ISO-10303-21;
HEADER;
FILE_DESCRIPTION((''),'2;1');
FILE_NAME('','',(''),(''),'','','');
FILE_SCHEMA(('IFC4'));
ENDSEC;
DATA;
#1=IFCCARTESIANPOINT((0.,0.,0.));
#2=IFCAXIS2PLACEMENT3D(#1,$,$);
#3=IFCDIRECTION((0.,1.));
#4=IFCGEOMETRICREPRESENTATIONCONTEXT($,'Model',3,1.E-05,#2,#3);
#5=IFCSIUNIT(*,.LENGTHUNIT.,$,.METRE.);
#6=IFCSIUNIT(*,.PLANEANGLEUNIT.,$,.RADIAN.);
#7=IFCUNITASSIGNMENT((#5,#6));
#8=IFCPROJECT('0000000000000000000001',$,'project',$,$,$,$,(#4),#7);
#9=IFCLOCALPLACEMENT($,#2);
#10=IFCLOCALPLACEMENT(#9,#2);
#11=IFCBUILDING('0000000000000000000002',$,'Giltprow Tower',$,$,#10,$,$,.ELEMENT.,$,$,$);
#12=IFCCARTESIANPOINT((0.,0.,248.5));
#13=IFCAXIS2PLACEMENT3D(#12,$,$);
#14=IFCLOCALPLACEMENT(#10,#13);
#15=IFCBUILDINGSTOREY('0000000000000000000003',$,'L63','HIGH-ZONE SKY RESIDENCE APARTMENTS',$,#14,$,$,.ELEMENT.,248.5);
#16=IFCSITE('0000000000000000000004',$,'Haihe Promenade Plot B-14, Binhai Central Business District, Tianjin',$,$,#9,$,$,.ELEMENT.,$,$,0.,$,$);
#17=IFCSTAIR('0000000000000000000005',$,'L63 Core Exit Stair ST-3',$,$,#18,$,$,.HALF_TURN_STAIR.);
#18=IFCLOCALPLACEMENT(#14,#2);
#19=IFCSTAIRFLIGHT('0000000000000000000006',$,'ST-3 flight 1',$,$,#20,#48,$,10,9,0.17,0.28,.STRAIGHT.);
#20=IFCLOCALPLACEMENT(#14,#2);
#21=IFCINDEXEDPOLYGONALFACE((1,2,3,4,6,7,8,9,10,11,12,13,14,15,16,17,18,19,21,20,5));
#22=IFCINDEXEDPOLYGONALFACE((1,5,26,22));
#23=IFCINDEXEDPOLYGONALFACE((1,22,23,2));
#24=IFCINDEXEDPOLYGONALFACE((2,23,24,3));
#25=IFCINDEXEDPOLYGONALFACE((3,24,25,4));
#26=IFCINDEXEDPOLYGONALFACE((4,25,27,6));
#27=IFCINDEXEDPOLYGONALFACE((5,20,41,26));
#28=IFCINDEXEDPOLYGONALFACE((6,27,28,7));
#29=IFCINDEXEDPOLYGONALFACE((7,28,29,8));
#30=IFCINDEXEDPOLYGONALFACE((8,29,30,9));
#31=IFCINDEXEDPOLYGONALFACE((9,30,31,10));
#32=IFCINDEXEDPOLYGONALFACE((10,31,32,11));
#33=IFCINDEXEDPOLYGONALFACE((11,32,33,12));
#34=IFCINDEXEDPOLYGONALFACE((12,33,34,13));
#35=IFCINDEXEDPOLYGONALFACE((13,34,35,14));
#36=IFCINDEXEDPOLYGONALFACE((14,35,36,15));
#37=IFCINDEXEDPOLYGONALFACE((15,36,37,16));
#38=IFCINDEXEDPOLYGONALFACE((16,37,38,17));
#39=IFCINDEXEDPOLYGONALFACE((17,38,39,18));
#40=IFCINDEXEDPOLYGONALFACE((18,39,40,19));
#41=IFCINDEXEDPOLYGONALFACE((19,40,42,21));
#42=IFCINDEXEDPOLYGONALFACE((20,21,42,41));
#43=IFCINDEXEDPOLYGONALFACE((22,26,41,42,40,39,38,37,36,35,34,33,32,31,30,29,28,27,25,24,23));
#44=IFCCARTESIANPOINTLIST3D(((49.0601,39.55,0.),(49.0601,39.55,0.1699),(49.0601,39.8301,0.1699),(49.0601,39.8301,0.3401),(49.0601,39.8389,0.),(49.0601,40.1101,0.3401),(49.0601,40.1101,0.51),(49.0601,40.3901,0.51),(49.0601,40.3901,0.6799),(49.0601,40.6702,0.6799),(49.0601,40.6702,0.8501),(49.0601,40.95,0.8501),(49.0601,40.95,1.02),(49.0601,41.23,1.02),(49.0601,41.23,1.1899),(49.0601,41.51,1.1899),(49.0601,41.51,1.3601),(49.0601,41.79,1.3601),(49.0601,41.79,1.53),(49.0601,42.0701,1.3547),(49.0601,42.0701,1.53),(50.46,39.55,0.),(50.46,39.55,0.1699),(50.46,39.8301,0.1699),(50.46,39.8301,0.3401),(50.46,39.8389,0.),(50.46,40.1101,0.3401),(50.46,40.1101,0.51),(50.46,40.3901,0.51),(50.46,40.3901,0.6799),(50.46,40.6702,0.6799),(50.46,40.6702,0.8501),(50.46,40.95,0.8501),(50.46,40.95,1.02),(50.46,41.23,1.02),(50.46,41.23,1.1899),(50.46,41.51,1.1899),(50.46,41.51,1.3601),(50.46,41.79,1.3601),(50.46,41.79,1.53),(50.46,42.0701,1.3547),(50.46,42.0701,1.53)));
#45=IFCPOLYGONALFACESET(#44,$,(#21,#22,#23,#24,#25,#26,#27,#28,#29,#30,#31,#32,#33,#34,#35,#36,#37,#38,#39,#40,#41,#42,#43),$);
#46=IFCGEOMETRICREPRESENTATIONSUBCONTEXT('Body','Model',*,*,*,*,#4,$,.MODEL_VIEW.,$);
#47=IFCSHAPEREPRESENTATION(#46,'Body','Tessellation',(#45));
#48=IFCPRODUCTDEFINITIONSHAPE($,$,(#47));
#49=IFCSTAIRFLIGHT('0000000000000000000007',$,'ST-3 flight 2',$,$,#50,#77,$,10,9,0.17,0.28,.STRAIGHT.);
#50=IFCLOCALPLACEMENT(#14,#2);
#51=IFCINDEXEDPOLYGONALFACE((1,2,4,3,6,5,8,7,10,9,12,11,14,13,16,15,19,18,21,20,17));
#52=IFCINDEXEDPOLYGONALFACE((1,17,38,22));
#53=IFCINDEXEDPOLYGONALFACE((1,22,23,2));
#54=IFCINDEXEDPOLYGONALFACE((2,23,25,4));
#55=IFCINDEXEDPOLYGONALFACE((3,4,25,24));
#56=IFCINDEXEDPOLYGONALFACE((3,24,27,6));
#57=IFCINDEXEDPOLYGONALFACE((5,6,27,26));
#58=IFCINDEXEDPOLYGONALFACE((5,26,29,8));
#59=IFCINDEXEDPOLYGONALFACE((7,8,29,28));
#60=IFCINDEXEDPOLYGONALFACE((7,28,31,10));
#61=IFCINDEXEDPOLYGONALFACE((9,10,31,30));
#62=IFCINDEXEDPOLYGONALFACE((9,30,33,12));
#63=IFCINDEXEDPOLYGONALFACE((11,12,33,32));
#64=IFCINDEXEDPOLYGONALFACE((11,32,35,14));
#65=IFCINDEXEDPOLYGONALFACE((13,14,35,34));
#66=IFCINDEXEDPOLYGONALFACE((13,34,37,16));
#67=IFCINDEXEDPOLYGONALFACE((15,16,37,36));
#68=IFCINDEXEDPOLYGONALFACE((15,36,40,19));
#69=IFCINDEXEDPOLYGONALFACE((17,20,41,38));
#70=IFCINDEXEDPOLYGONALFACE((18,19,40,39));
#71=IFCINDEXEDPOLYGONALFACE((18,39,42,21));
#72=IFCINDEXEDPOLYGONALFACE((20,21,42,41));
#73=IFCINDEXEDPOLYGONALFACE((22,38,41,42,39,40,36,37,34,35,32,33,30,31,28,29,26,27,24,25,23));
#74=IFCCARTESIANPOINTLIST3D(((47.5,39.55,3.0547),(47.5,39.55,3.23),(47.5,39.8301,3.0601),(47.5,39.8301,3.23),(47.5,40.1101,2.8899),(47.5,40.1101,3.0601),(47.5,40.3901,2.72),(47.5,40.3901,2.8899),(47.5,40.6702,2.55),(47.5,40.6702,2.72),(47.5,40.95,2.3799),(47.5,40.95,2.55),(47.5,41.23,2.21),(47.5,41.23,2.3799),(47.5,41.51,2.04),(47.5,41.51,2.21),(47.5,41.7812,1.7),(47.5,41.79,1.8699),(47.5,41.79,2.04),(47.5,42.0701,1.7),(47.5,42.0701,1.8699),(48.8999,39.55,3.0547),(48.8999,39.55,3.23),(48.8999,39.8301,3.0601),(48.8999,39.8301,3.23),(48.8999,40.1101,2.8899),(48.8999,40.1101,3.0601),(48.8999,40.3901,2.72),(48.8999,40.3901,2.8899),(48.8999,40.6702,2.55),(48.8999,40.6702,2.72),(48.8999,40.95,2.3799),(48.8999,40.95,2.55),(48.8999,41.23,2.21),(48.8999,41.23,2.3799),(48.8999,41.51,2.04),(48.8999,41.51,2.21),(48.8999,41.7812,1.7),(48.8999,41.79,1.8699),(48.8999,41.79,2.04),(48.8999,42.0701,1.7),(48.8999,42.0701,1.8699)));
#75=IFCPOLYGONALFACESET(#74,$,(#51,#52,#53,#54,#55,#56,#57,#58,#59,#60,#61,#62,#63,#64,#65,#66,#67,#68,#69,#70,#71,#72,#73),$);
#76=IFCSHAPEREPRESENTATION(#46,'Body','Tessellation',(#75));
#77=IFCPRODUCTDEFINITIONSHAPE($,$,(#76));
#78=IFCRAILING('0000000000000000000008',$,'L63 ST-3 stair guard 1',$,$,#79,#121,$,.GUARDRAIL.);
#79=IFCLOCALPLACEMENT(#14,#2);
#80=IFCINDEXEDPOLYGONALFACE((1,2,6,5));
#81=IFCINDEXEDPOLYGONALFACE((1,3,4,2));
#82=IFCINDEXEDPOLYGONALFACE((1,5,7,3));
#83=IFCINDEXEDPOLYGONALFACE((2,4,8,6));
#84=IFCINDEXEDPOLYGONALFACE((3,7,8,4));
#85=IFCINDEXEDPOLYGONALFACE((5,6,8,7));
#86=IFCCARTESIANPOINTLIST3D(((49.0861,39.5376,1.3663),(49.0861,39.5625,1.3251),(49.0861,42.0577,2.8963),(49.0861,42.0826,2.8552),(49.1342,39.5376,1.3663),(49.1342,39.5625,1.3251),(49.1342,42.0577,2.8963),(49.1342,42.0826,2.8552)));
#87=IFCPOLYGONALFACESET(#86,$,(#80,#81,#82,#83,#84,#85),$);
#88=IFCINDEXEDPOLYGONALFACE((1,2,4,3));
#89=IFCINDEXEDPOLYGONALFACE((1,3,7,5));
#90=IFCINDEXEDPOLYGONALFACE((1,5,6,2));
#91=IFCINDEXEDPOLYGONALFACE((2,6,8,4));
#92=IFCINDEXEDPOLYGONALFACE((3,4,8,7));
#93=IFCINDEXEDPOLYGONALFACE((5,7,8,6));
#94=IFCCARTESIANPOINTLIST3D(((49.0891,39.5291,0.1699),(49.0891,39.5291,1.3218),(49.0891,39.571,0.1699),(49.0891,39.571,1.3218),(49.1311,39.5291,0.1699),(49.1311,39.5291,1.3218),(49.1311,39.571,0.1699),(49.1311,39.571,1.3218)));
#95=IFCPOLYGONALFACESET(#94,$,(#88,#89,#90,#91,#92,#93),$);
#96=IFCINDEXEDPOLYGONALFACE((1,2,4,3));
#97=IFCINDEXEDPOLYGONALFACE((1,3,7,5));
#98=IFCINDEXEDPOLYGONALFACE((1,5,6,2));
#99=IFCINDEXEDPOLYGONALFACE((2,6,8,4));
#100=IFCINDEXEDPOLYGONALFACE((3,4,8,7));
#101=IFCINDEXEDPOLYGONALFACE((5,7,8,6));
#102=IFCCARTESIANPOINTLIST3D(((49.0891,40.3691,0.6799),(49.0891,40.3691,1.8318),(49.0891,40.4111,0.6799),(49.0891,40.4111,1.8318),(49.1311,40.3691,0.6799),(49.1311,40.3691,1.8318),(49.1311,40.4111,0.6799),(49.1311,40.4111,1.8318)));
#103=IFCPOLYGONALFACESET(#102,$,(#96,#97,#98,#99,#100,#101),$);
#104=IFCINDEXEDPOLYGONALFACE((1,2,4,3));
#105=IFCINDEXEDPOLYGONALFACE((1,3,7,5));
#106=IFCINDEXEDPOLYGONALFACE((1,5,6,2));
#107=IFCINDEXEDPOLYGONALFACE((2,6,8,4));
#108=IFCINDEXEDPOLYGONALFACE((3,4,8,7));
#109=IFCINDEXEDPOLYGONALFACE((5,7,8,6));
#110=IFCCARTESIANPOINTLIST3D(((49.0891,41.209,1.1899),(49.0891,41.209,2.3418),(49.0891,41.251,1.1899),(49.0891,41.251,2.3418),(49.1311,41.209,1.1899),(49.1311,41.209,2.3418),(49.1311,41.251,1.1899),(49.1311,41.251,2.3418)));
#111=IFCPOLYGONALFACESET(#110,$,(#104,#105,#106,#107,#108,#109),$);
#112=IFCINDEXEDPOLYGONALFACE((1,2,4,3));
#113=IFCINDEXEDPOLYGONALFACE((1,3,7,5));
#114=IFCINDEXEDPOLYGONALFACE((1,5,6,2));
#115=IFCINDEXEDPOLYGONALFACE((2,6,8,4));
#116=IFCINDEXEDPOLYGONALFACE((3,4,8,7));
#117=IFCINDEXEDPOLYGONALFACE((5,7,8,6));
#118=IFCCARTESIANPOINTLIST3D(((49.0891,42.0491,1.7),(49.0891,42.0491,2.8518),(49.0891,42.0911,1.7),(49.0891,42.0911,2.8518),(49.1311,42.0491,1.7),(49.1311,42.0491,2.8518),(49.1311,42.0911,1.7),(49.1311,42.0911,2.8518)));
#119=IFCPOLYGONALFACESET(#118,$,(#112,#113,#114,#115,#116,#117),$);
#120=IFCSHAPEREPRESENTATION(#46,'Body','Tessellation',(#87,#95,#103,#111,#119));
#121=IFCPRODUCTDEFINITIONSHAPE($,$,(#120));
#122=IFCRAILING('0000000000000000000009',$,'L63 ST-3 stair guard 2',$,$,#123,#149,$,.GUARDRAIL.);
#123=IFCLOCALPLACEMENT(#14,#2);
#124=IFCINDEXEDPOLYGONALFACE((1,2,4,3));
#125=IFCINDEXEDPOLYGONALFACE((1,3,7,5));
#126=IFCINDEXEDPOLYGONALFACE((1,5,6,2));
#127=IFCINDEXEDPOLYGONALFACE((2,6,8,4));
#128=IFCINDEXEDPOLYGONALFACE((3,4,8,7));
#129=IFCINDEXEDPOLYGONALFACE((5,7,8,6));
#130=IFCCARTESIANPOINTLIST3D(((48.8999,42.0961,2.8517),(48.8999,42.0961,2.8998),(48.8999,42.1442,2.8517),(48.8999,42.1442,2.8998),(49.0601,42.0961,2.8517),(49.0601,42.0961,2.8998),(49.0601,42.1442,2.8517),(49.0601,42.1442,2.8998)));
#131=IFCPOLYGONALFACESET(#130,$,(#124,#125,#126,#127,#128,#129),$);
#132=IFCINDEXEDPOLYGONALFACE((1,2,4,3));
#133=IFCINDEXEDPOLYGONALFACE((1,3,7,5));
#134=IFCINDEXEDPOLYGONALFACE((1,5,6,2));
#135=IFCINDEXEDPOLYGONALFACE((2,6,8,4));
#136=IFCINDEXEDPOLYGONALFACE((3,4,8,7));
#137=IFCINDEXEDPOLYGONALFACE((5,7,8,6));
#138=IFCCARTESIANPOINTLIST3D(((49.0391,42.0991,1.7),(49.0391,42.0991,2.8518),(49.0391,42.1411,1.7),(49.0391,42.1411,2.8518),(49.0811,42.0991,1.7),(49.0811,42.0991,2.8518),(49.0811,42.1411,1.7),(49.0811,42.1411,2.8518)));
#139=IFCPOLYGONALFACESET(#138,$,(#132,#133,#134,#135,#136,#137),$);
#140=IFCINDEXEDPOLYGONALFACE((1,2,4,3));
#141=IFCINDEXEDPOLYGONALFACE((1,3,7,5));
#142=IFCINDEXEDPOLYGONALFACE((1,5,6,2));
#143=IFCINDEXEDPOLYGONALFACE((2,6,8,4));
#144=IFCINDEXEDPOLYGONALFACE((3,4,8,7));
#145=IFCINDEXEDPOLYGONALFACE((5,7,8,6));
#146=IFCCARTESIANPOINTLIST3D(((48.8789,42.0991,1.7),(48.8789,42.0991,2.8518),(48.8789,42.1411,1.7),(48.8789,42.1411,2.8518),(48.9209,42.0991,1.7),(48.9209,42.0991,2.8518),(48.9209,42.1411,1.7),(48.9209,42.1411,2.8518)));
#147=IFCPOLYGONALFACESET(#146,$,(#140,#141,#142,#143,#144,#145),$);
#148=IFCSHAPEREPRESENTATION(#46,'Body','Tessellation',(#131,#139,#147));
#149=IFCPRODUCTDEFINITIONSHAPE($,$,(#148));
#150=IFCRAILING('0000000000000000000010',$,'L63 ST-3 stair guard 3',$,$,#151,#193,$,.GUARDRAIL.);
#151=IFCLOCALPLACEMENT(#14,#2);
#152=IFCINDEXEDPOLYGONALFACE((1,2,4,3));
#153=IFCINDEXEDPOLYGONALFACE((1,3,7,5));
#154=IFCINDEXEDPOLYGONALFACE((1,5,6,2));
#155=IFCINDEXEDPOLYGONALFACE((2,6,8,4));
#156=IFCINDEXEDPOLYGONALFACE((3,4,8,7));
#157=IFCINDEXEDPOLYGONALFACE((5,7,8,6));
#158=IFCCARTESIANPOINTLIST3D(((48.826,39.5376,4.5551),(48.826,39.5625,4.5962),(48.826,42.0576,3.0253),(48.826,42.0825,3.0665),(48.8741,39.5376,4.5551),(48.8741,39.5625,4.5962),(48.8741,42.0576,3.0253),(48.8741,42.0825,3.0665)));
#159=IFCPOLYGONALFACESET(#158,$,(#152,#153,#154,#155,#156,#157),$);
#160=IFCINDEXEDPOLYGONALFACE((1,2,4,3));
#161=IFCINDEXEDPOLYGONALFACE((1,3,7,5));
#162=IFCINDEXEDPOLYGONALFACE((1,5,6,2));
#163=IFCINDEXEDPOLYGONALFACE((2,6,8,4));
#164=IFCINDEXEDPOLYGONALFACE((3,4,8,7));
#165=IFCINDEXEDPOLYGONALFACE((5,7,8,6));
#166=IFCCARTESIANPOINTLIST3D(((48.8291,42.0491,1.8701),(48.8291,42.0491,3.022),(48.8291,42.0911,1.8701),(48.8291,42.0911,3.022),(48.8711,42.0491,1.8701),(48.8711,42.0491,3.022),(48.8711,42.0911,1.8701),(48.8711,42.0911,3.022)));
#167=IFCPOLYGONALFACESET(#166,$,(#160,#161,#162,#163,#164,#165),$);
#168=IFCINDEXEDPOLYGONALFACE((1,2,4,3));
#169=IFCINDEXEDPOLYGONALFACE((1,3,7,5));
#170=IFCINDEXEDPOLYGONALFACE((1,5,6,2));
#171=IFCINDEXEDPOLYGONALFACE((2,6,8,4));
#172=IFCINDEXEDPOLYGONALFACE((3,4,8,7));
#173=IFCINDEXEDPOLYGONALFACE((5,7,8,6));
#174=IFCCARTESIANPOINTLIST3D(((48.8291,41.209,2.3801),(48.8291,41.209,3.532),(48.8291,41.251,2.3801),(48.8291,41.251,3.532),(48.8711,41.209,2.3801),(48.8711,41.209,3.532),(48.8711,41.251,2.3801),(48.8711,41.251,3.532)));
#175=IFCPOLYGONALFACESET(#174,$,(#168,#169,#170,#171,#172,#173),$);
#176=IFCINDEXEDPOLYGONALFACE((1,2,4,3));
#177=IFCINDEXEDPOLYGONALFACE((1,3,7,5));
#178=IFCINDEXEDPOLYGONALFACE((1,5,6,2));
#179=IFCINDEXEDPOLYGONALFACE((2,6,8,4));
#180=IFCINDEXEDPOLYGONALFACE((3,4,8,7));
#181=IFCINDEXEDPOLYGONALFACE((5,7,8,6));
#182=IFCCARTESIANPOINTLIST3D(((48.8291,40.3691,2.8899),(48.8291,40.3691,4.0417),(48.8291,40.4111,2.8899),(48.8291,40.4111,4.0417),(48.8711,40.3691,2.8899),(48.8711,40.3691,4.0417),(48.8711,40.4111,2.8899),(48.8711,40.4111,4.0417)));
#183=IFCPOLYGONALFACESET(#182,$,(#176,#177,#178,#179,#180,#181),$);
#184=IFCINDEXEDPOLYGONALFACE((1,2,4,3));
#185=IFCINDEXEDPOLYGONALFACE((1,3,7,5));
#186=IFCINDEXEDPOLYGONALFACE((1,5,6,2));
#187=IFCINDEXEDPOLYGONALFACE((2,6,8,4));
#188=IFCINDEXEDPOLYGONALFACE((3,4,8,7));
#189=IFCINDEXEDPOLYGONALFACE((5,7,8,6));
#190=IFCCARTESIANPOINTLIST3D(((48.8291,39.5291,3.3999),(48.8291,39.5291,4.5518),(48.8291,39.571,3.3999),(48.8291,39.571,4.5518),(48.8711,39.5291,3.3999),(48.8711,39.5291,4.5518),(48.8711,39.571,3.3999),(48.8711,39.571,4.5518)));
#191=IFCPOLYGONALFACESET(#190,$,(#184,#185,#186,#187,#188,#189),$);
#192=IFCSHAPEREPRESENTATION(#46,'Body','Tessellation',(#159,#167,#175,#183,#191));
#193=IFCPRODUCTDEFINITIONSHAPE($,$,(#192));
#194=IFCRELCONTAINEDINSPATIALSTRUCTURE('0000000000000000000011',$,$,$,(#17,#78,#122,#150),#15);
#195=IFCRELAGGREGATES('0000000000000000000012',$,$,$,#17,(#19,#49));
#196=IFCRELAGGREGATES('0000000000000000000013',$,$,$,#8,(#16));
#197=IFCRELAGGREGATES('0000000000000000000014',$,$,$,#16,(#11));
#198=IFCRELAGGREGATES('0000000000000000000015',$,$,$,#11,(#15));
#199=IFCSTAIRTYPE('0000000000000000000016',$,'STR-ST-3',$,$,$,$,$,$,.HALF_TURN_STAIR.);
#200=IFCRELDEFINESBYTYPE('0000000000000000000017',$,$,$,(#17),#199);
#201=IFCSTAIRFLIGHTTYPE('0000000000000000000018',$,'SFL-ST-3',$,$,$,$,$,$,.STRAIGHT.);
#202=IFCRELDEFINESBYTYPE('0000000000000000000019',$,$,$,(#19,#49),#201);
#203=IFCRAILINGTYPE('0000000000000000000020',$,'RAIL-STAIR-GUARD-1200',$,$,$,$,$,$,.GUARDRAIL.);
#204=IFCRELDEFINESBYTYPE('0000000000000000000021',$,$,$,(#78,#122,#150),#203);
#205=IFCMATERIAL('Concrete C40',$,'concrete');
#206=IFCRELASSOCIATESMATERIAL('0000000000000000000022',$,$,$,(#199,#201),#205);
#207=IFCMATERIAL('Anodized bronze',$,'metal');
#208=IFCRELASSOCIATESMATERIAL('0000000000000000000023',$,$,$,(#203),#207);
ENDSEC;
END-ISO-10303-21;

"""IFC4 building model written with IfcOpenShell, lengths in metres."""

from ifc_helpers import new_model, si_unit, direction, frame, origin, origin_2d, place, context, subcontext, project, spatial, polyline, rectangle, outline, extrude, material, type_object, element, aggregate, save


model = new_model("IFC4")

# Units and contexts
model_context = context("Model", 3, precision=1e-05, world=origin(), true_north=direction((0.0, 1.0)))
body_context = subcontext(model_context, "Body", "Model", "MODEL_VIEW")
ifc_project = project(units=[si_unit("LENGTHUNIT", "METRE"), si_unit("PLANEANGLEUNIT", "RADIAN")], contexts=[model_context])

# Site, building, storey
site_placement = place(None, origin())
site = spatial("IfcSite", under=ifc_project, at=site_placement, Name="Haihe Promenade Plot B-14, Binhai Central Business District, Tianjin", CompositionType="ELEMENT", RefElevation=0.0)
building_placement = place(site_placement, origin())
building = spatial("IfcBuilding", under=site, at=building_placement, Name="Giltprow Tower", CompositionType="ELEMENT")
storey_placement = place(building_placement, frame((0.0, 0.0, 248.5)))
storey = spatial("IfcBuildingStorey", under=building, at=storey_placement, Name="L63", Description="HIGH-ZONE SKY RESIDENCE APARTMENTS", CompositionType="ELEMENT", Elevation=248.5)

# Shared definitions
ifc_material_1 = material(Name="Concrete C40", Category="concrete")

# Stair, stair flights
stair_type = type_object("IfcStairType", Name="STR-ST-3", PredefinedType="HALF_TURN_STAIR", material=ifc_material_1)
stair_placement = place(storey_placement, origin())
stair = element("IfcStair", 1, at=stair_placement, inside=storey, type_object=stair_type, Name="L63 Core Exit Stair ST-3", PredefinedType="HALF_TURN_STAIR")
stair_flight_type = type_object("IfcStairFlightType", Name="SFL-ST-3", PredefinedType="STRAIGHT", material=ifc_material_1)
stair_flight_1_placement = place(storey_placement, frame((49.76, 39.55, 0.0), z_axis=(0.0, 0.0, 1.0), x_axis=(0.0, 1.0, 0.0)))
stair_flight_1 = element("IfcStairFlight", 2, at=stair_flight_1_placement, type_object=stair_flight_type, Name="ST-3 flight 1", NumberOfRisers=10, NumberOfTreads=9, PredefinedType="STRAIGHT", RiserHeight=0.17, TreadLength=0.28, context=body_context, shape_type="SweptSolid", body=[
    extrude(outline(polyline([(0.0, 0.0), (0.0, 0.1699), (0.28, 0.1699), (0.28, 0.3401), (0.5601, 0.3401), (0.5601, 0.51), (0.8401, 0.51), (0.8401, 0.6799), (1.1201, 0.6799), (1.1201, 0.8501), (1.3999, 0.8501), (1.3999, 1.02), (1.6799, 1.02), (1.6799, 1.1899), (1.96, 1.1899), (1.96, 1.3601), (2.24, 1.3601), (2.24, 1.53), (2.52, 1.53), (2.52, 1.7), (2.52, 1.3547), (0.2888, 0.0), (0.0, 0.0)])), frame((0.0, 0.7, 0.0), z_axis=(0.0, -1.0, 0.0), x_axis=(1.0, 0.0, 0.0)), (0.0, 0.0, 1.0), 1.3999),
])
stair_flight_2_placement = place(storey_placement, frame((48.2, 42.0701, 1.7), z_axis=(0.0, 0.0, 1.0), x_axis=(0.0, -1.0, 0.0)))
stair_flight_2 = element("IfcStairFlight", 3, at=stair_flight_2_placement, type_object=stair_flight_type, Name="ST-3 flight 2", NumberOfRisers=10, NumberOfTreads=9, PredefinedType="STRAIGHT", RiserHeight=0.17, TreadLength=0.28, context=body_context, shape_type="SweptSolid", body=[
    extrude(outline(polyline([(0.0, 0.0), (0.0, 0.1699), (0.28, 0.1699), (0.28, 0.3401), (0.5601, 0.3401), (0.5601, 0.51), (0.8401, 0.51), (0.8401, 0.6799), (1.1201, 0.6799), (1.1201, 0.8501), (1.3999, 0.8501), (1.3999, 1.02), (1.6799, 1.02), (1.6799, 1.1899), (1.96, 1.1899), (1.96, 1.3601), (2.24, 1.3601), (2.24, 1.53), (2.52, 1.53), (2.52, 1.7), (2.52, 1.3547), (0.2888, 0.0), (0.0, 0.0)])), frame((0.0, 0.7, 0.0), z_axis=(0.0, -1.0, 0.0), x_axis=(1.0, 0.0, 0.0)), (0.0, 0.0, 1.0), 1.3999),
])
aggregate(stair, [stair_flight_1, stair_flight_2])

# Railings
ifc_material_2 = material(Name="Anodized bronze", Category="metal")
railing_type_1 = type_object("IfcRailingType", Name="RAIL-STAIR-GUARD-1200", PredefinedType="GUARDRAIL", material=ifc_material_2)
railing_1_placement = place(storey_placement, frame((49.1101, 39.55, 0.1699)))
element("IfcRailing", 4, at=railing_1_placement, inside=storey, type_object=railing_type_1, Name="L63 ST-3 stair guard 1", PredefinedType="GUARDRAIL", context=body_context, shape_type="SweptSolid", body=[
    extrude(rectangle(XDim=0.0481, YDim=0.0481, at=origin_2d()), frame((0.0, 0.0, 1.1758), z_axis=(0.0, 0.854785, 0.518982), x_axis=(-1.0, 0.0, 0.0)), (0.0, 0.0, 1.0), 2.9482),
    extrude(rectangle(XDim=0.042, YDim=0.042, at=origin_2d()), origin(), (0.0, 0.0, 1.0), 1.1519),
    extrude(rectangle(XDim=0.042, YDim=0.042, at=origin_2d()), frame((0.0, 0.8401, 0.51)), (0.0, 0.0, 1.0), 1.1519),
    extrude(rectangle(XDim=0.042, YDim=0.042, at=origin_2d()), frame((0.0, 1.6799, 1.02)), (0.0, 0.0, 1.0), 1.1519),
    extrude(rectangle(XDim=0.042, YDim=0.042, at=origin_2d()), frame((0.0, 2.52, 1.53)), (0.0, 0.0, 1.0), 1.1519),
])
railing_2_placement = place(storey_placement, frame((49.0601, 42.1201, 1.7)))
element("IfcRailing", 5, at=railing_2_placement, inside=storey, type_object=railing_type_1, Name="L63 ST-3 stair guard 2", PredefinedType="GUARDRAIL", context=body_context, shape_type="SweptSolid", body=[
    extrude(rectangle(XDim=0.0481, YDim=0.0481, at=origin_2d()), frame((0.0, 0.0, 1.1758), z_axis=(-1.0, 0.0, 0.0), x_axis=(0.0, -1.0, 0.0)), (0.0, 0.0, 1.0), 0.1602),
    extrude(rectangle(XDim=0.042, YDim=0.042, at=origin_2d()), origin(), (0.0, 0.0, 1.0), 1.1519),
    extrude(rectangle(XDim=0.042, YDim=0.042, at=origin_2d()), frame((-0.1602, 0.0, 0.0)), (0.0, 0.0, 1.0), 1.1519),
])
railing_3_placement = place(storey_placement, frame((48.8501, 42.0701, 1.8701)))
element("IfcRailing", 6, at=railing_3_placement, inside=storey, type_object=railing_type_1, Name="L63 ST-3 stair guard 3", PredefinedType="GUARDRAIL", context=body_context, shape_type="SweptSolid", body=[
    extrude(rectangle(XDim=0.0481, YDim=0.0481, at=origin_2d()), frame((0.0, 0.0, 1.1758), z_axis=(0.0, -0.854822, 0.518922), x_axis=(1.0, 0.0, 0.0)), (0.0, 0.0, 1.0), 2.948),
    extrude(rectangle(XDim=0.042, YDim=0.042, at=origin_2d()), origin(), (0.0, 0.0, 1.0), 1.1519),
    extrude(rectangle(XDim=0.042, YDim=0.042, at=origin_2d()), frame((0.0, -0.8401, 0.51)), (0.0, 0.0, 1.0), 1.1519),
    extrude(rectangle(XDim=0.042, YDim=0.042, at=origin_2d()), frame((0.0, -1.6799, 1.0198)), (0.0, 0.0, 1.0), 1.1519),
    extrude(rectangle(XDim=0.042, YDim=0.042, at=origin_2d()), frame((0.0, -2.52, 1.5298)), (0.0, 0.0, 1.0), 1.1519),
])

save(model, "model.ifc")
